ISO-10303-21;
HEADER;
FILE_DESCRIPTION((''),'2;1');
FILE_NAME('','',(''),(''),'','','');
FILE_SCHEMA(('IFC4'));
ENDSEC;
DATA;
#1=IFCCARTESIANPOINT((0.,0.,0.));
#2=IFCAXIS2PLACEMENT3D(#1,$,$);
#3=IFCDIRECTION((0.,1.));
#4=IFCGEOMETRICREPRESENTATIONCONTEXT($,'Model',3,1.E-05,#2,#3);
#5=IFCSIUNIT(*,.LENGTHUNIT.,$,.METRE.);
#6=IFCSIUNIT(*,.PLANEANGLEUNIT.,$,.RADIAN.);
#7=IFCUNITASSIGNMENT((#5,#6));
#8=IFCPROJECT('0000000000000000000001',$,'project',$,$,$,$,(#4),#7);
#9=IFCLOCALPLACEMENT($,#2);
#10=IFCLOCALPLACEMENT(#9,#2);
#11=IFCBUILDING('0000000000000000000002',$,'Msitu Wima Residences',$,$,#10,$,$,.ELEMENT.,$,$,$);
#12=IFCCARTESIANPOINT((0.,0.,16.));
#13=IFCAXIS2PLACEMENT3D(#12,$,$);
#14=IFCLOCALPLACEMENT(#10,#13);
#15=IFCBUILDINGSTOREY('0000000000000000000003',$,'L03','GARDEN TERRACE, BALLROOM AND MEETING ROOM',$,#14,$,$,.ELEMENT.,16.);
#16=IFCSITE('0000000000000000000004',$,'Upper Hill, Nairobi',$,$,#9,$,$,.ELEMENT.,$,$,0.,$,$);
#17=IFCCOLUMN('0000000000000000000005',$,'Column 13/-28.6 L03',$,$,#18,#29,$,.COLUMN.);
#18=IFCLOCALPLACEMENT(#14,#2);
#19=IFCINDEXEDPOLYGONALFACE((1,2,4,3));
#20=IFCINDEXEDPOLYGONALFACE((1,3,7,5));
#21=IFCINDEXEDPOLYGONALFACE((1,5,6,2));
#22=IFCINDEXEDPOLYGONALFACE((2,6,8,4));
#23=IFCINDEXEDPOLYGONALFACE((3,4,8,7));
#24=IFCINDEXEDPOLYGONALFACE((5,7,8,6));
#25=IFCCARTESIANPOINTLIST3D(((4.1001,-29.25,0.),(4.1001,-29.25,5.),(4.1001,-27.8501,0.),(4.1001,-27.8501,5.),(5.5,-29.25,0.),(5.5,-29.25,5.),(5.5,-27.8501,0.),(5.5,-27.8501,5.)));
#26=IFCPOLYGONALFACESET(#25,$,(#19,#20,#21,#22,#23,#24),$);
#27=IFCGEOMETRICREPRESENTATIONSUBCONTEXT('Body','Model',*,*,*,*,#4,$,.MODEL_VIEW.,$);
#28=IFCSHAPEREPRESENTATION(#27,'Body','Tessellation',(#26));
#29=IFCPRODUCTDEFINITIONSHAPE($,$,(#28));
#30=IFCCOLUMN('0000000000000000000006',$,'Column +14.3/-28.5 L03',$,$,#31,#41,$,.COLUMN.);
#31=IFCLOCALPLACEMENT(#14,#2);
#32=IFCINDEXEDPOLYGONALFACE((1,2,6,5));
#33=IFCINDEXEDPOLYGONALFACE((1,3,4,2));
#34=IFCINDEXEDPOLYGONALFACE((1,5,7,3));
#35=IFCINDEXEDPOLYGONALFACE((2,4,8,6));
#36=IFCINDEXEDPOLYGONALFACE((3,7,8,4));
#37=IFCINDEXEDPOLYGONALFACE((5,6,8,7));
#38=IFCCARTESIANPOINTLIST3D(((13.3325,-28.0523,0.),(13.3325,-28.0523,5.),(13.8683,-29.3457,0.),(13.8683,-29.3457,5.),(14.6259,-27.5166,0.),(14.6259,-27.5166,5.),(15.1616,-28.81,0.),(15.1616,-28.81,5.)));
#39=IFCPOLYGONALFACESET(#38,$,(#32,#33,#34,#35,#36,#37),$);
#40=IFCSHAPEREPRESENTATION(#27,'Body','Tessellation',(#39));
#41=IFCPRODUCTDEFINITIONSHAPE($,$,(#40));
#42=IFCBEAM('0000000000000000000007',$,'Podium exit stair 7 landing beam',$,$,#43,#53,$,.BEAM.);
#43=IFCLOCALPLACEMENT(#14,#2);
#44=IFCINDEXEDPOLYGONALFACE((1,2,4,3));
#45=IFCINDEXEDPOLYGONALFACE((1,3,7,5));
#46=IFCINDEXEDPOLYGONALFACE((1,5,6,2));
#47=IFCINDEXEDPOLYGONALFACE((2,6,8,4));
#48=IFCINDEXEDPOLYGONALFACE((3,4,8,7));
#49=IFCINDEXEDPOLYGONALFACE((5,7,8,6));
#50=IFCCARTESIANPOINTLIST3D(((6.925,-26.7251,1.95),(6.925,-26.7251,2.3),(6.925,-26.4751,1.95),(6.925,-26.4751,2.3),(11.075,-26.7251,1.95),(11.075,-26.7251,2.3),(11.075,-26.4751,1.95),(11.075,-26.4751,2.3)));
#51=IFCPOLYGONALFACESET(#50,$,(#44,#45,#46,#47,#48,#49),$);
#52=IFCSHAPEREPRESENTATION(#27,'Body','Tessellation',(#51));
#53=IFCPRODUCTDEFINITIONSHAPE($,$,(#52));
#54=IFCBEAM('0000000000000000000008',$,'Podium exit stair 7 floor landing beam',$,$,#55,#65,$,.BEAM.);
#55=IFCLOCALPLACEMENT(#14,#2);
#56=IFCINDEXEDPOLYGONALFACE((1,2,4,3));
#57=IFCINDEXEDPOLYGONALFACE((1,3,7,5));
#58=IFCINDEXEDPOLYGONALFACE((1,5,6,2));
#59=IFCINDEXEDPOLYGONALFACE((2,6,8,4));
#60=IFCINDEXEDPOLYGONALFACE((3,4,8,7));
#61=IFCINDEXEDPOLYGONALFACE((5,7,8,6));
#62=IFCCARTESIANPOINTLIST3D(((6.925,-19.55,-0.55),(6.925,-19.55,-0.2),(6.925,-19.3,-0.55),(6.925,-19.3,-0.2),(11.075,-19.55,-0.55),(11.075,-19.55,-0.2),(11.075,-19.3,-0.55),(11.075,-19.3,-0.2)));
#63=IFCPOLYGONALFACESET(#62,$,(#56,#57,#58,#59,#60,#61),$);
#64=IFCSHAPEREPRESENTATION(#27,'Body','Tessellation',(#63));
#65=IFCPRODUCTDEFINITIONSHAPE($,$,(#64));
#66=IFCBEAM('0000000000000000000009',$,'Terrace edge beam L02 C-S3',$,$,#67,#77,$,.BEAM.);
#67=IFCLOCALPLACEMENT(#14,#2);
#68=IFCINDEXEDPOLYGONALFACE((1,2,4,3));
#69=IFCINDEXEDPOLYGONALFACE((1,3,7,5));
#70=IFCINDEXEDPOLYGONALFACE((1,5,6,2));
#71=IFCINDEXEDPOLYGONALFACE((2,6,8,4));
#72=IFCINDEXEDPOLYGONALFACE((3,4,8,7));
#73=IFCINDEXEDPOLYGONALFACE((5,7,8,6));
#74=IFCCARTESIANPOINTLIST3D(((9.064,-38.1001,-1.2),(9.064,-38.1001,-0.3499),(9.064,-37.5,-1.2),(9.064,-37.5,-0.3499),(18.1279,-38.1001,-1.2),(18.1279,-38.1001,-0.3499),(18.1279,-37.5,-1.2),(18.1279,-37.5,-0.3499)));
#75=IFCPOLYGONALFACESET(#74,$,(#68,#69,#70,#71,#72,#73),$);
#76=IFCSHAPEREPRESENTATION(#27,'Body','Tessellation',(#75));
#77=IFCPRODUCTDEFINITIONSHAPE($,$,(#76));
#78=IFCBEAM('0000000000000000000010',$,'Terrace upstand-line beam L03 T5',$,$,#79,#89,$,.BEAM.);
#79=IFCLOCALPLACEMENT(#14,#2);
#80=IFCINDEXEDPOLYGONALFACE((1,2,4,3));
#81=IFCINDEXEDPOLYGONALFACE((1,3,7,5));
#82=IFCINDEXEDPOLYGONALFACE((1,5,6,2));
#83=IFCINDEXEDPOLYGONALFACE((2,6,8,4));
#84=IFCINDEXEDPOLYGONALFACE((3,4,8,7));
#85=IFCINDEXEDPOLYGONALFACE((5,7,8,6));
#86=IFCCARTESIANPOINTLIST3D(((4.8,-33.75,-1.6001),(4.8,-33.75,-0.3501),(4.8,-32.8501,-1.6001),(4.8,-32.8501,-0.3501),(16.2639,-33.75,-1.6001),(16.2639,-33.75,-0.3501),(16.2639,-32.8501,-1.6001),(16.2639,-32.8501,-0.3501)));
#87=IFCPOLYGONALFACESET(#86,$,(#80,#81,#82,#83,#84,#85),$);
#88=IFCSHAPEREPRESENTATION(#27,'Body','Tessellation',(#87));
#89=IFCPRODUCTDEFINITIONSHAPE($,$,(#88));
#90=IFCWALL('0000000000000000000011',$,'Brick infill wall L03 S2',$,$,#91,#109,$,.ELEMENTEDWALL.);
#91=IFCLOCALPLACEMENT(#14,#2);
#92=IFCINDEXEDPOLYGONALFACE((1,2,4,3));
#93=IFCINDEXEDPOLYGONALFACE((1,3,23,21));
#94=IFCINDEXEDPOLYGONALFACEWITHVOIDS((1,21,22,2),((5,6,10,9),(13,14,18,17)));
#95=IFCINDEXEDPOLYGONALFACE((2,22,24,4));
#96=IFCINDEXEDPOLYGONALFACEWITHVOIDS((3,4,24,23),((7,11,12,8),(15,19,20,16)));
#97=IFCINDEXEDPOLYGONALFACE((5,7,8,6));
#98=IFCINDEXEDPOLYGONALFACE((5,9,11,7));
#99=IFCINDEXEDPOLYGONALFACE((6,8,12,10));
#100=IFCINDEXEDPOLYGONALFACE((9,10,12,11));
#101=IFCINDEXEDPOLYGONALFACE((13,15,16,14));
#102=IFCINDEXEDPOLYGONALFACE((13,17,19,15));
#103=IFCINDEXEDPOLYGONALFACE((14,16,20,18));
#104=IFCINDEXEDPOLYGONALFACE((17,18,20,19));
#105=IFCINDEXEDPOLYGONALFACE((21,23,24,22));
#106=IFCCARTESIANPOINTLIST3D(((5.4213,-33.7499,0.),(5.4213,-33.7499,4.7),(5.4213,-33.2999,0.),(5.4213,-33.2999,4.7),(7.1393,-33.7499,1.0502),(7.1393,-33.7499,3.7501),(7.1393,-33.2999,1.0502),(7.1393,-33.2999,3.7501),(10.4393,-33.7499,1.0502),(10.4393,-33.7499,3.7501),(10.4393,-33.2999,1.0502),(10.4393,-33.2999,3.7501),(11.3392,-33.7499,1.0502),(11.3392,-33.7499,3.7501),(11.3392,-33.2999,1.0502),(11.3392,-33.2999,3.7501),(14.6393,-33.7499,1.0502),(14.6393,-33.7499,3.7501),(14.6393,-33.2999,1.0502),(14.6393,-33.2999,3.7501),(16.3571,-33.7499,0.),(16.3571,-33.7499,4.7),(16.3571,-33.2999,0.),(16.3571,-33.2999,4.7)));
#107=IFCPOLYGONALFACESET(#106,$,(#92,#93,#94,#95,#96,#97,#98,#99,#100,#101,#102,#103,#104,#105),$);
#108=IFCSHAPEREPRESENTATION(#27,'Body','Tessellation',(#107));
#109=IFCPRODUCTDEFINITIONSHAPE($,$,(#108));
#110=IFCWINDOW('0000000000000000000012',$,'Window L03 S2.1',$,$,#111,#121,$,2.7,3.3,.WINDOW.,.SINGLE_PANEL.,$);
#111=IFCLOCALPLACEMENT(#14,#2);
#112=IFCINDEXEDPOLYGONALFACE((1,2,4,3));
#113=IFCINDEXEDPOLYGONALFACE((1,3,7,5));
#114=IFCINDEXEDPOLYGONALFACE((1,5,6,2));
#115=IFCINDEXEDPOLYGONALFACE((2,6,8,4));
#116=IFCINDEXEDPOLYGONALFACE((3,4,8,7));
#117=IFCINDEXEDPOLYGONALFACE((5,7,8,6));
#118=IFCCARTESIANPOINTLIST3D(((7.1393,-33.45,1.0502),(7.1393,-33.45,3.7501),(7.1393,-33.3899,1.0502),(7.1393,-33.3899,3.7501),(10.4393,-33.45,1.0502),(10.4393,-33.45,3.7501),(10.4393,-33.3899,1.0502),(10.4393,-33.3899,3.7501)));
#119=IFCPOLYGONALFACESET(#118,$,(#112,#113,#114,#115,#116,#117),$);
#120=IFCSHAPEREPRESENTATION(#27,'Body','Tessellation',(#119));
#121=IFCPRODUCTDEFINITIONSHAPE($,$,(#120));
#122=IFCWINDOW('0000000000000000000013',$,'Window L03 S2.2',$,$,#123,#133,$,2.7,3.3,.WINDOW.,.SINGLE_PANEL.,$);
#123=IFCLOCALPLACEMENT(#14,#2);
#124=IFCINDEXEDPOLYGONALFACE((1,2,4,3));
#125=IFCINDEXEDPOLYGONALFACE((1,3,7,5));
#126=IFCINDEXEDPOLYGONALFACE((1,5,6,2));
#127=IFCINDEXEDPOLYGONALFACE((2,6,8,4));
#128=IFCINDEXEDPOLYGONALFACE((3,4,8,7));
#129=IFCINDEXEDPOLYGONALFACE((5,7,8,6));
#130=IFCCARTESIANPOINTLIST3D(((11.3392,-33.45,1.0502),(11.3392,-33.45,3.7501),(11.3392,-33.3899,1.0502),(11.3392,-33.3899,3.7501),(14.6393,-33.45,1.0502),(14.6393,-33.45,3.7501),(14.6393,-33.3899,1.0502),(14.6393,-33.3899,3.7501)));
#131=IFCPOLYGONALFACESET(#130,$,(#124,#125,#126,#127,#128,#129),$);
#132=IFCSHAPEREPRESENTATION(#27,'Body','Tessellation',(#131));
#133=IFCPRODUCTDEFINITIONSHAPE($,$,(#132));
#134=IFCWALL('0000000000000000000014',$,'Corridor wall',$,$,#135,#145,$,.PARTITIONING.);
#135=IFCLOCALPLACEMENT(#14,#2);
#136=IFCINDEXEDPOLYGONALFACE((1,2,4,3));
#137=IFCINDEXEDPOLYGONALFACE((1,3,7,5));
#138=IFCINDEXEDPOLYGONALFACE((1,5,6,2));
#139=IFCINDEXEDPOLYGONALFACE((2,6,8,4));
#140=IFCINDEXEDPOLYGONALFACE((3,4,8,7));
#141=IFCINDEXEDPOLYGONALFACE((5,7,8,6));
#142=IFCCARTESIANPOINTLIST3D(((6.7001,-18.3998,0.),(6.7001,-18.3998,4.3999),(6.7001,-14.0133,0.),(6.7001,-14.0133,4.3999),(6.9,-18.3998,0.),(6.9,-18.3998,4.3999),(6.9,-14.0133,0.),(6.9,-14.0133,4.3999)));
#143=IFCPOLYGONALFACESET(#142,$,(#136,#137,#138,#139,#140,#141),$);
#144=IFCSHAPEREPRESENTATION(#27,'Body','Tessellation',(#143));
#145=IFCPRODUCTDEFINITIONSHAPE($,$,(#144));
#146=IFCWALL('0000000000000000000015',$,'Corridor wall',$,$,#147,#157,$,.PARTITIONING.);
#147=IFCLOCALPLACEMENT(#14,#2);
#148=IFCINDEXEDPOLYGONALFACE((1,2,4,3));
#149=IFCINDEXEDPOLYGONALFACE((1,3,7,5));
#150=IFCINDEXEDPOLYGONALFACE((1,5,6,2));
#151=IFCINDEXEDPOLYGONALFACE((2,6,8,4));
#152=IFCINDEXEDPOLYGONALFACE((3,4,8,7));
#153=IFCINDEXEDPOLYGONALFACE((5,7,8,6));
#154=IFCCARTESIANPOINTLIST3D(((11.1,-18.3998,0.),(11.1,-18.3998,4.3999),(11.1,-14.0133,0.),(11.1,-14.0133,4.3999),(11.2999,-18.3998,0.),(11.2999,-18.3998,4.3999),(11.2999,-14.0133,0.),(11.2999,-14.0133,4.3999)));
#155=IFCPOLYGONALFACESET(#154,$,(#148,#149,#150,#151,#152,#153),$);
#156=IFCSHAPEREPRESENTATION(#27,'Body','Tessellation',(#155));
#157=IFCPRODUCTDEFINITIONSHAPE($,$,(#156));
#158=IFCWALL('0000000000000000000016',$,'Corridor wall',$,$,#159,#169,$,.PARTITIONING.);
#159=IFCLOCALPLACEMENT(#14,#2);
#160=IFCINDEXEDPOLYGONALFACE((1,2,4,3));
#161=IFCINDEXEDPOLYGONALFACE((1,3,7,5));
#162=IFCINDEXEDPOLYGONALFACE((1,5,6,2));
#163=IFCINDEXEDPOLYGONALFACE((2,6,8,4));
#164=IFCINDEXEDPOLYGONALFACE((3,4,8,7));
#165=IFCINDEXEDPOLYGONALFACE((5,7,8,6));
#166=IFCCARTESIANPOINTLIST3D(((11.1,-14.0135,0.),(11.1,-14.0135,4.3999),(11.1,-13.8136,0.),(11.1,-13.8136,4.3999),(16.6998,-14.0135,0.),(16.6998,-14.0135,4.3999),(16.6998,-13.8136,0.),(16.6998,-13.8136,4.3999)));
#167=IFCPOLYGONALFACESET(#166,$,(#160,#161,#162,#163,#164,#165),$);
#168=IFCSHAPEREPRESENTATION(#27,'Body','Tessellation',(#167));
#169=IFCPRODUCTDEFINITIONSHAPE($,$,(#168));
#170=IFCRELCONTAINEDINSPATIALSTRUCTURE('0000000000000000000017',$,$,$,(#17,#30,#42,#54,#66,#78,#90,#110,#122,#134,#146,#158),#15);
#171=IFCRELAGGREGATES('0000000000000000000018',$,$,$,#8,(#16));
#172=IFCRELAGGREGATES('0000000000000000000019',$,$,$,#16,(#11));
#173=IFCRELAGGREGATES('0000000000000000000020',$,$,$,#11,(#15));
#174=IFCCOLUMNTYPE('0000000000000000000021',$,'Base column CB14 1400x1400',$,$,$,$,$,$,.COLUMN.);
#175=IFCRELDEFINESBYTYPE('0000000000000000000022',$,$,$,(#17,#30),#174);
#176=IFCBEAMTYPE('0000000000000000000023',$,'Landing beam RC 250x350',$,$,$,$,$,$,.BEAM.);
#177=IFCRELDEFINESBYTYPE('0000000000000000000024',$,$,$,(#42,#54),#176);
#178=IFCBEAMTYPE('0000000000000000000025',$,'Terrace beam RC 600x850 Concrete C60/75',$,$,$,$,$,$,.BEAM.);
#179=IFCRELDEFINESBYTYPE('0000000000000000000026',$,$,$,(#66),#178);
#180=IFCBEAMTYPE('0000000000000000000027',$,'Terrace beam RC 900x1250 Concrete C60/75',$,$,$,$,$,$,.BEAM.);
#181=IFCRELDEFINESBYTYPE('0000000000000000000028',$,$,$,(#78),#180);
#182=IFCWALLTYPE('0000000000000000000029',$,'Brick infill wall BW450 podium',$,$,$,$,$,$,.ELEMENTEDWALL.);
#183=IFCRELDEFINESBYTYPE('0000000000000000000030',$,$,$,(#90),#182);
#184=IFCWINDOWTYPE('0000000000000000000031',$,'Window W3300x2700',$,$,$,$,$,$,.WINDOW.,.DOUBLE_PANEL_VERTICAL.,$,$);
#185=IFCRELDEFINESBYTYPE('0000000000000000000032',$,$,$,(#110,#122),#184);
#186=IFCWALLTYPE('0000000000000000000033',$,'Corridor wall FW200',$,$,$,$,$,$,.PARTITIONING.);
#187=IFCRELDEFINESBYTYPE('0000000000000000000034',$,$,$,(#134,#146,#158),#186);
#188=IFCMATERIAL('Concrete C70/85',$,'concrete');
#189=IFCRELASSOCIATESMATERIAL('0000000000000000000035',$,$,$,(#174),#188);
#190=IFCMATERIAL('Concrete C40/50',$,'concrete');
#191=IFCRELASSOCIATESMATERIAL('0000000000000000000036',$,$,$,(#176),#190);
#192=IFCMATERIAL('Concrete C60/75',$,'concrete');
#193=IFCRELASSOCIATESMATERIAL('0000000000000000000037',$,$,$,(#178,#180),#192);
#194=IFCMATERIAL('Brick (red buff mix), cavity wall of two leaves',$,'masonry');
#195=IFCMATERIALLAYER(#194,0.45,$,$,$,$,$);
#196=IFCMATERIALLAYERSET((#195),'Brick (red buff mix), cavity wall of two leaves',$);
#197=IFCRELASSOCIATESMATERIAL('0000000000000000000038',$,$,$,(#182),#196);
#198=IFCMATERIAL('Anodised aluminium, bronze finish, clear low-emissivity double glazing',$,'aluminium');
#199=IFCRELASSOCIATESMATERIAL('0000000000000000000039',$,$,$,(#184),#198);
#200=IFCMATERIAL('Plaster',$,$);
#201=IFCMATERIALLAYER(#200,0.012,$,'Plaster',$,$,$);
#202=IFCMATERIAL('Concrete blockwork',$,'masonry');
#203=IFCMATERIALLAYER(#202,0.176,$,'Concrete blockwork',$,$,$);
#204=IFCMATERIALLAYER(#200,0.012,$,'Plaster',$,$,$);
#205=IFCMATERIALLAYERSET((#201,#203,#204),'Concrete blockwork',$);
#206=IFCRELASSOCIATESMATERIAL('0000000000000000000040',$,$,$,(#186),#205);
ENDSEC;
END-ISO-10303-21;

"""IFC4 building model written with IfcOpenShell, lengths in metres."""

from ifc_helpers import new_model, si_unit, direction, frame, frame_2d, origin, origin_2d, place, context, subcontext, project, spatial, rectangle, extrude, material, layer, layer_set, material_profile, profile_set, type_object, element, fill, save


model = new_model("IFC4")

# Units and contexts
model_context = context("Model", 3, precision=1e-05, world=origin(), true_north=direction((0.0, 1.0)))
body_context = subcontext(model_context, "Body", "Model", "MODEL_VIEW")
ifc_project = project(units=[si_unit("LENGTHUNIT", "METRE"), si_unit("PLANEANGLEUNIT", "RADIAN")], contexts=[model_context])

# Site, building, storey
site_placement = place(None, origin())
site = spatial("IfcSite", under=ifc_project, at=site_placement, Name="Upper Hill, Nairobi", CompositionType="ELEMENT", RefElevation=0.0)
building_placement = place(site_placement, origin())
building = spatial("IfcBuilding", under=site, at=building_placement, Name="Msitu Wima Residences", CompositionType="ELEMENT")
storey_placement = place(building_placement, frame((0.0, 0.0, 16.0)))
storey = spatial("IfcBuildingStorey", under=building, at=storey_placement, Name="L03", Description="GARDEN TERRACE, BALLROOM AND MEETING ROOM", CompositionType="ELEMENT", Elevation=16.0)

# Columns
ifc_material_1 = material(Name="Concrete C70/85", Category="concrete")
ifc_material_profile_1 = material_profile(ifc_material_1, rectangle(XDim=1.3999, YDim=1.3999, at=origin_2d()), Name="RC 1400x1400")
ifc_profile_set_1 = profile_set([ifc_material_profile_1], Name="Concrete C70/85")
column_type = type_object("IfcColumnType", Name="Base column CB14 1400x1400", PredefinedType="COLUMN", material=ifc_profile_set_1)
for number, where, z_axis, x_axis, name in (
    (1, (4.8, -28.55, 0.0), (0.0, 0.0, 1.0), (1.0, 0.0, 0.0), "Column 13/-28.6 L03"),
    (2, (14.2471, -28.4312, 0.0), (0.0, 0.0, 1.0), (0.92388, 0.382683, 0.0), "Column +14.3/-28.5 L03"),
):
    element("IfcColumn", number, at=place(storey_placement, frame(where, z_axis=z_axis, x_axis=x_axis)), inside=storey, type_object=column_type, Name=name, PredefinedType="COLUMN", context=body_context, shape_type="SweptSolid", body=[
        extrude(rectangle(XDim=1.3999, YDim=1.3999, at=origin_2d()), origin(), (0.0, 0.0, 1.0), 5.0),
    ])

# Beams
ifc_material_2 = material(Name="Concrete C40/50", Category="concrete")
ifc_material_profile_2 = material_profile(ifc_material_2, rectangle(XDim=0.25, YDim=0.3501, at=origin_2d()), Name="RC 250x350")
ifc_profile_set_2 = profile_set([ifc_material_profile_2], Name="Concrete C40/50")
beam_type_1 = type_object("IfcBeamType", Name="Landing beam RC 250x350", PredefinedType="BEAM", material=ifc_profile_set_2)
for number, where, z_axis, x_axis, name in (
    (3, (6.925, -26.6001, 2.125), (1.0, 0.0, 0.0), (0.0, 1.0, 0.0), "Podium exit stair 7 landing beam"),
    (4, (6.925, -19.425, -0.375), (1.0, 0.0, 0.0), (0.0, 1.0, 0.0), "Podium exit stair 7 floor landing beam"),
):
    element("IfcBeam", number, at=place(storey_placement, frame(where, z_axis=z_axis, x_axis=x_axis)), inside=storey, type_object=beam_type_1, Name=name, PredefinedType="BEAM", context=body_context, shape_type="SweptSolid", body=[
        extrude(rectangle(XDim=0.25, YDim=0.3501, at=origin_2d()), origin(), (0.0, 0.0, 1.0), 4.1499),
    ])
ifc_material_3 = material(Name="Concrete C60/75", Category="concrete")
ifc_material_profile_3 = material_profile(ifc_material_3, rectangle(XDim=0.6001, YDim=0.8501, at=origin_2d()), Name="RC 600x850")
ifc_profile_set_3 = profile_set([ifc_material_profile_3], Name="Concrete C60/75")
beam_type_2 = type_object("IfcBeamType", Name="Terrace beam RC 600x850 Concrete C60/75", PredefinedType="BEAM", material=ifc_profile_set_3)
beam_1_placement = place(storey_placement, frame((9.064, -37.8, -0.7749), z_axis=(1.0, 0.0, 0.0), x_axis=(0.0, 1.0, 0.0)))
element("IfcBeam", 5, at=beam_1_placement, inside=storey, type_object=beam_type_2, Name="Terrace edge beam L02 C-S3", PredefinedType="BEAM", context=body_context, shape_type="SweptSolid", body=[
    extrude(rectangle(XDim=0.6001, YDim=0.8501, at=origin_2d()), origin(), (0.0, 0.0, 1.0), 9.064),
])
ifc_material_profile_4 = material_profile(ifc_material_3, rectangle(XDim=0.8999, YDim=1.25, at=origin_2d()), Name="RC 900x1250")
ifc_profile_set_4 = profile_set([ifc_material_profile_4], Name="Concrete C60/75")
beam_type_3 = type_object("IfcBeamType", Name="Terrace beam RC 900x1250 Concrete C60/75", PredefinedType="BEAM", material=ifc_profile_set_4)
beam_2_placement = place(storey_placement, frame((4.8, -33.3, -0.9751), z_axis=(1.0, 0.0, 0.0), x_axis=(0.0, 1.0, 0.0)))
element("IfcBeam", 6, at=beam_2_placement, inside=storey, type_object=beam_type_3, Name="Terrace upstand-line beam L03 T5", PredefinedType="BEAM", context=body_context, shape_type="SweptSolid", body=[
    extrude(rectangle(XDim=0.8999, YDim=1.25, at=origin_2d()), origin(), (0.0, 0.0, 1.0), 11.4639),
])

# Wall, openings, windows
ifc_material_4 = material(Name="Brick (red buff mix), cavity wall of two leaves", Category="masonry")
ifc_layer_1 = layer(ifc_material_4, 0.45)
ifc_layer_set_1 = layer_set([ifc_layer_1], Name="Brick (red buff mix), cavity wall of two leaves")
wall_type_1 = type_object("IfcWallType", Name="Brick infill wall BW450 podium", PredefinedType="ELEMENTEDWALL", material=ifc_layer_set_1)
wall_1_placement = place(storey_placement, frame((5.4214, -33.5249, 0.0), z_axis=(0.0, 0.0, 1.0), x_axis=(1.0, 0.0, 0.0)))
wall_1 = element("IfcWall", 7, at=wall_1_placement, inside=storey, type_object=wall_type_1, Name="Brick infill wall L03 S2", PredefinedType="ELEMENTEDWALL", context=body_context, shape_type="SweptSolid", body=[
    extrude(rectangle(XDim=10.9358, YDim=0.45, at=frame_2d((5.4678, 0.0))), origin(), (0.0, 0.0, 1.0), 4.7),
])
opening_1_placement = place(wall_1_placement, frame((1.718, 0.0, 1.05)))
opening_1 = element("IfcOpeningElement", 8, at=opening_1_placement, cuts=wall_1, PredefinedType="OPENING", context=body_context, shape_type="SweptSolid", body=[
    extrude(rectangle(XDim=3.3, YDim=2.7, at=frame_2d((1.6499, 1.3501))), frame((0.0, 0.2349, 0.0), z_axis=(0.0, -1.0, 0.0), x_axis=(1.0, 0.0, 0.0)), (0.0, 0.0, 1.0), 0.47),
])
opening_2_placement = place(wall_1_placement, frame((5.918, 0.0, 1.05)))
opening_2 = element("IfcOpeningElement", 9, at=opening_2_placement, cuts=wall_1, PredefinedType="OPENING", context=body_context, shape_type="SweptSolid", body=[
    extrude(rectangle(XDim=3.3, YDim=2.7, at=frame_2d((1.6499, 1.3501))), frame((0.0, 0.2349, 0.0), z_axis=(0.0, -1.0, 0.0), x_axis=(1.0, 0.0, 0.0)), (0.0, 0.0, 1.0), 0.47),
])
ifc_material_5 = material(Name="Anodised aluminium, bronze finish, clear low-emissivity double glazing", Category="aluminium")
window_type = type_object("IfcWindowType", Name="Window W3300x2700", PartitioningType="DOUBLE_PANEL_VERTICAL", PredefinedType="WINDOW", material=ifc_material_5)
window_1_placement = place(opening_1_placement, origin())
window_1 = element("IfcWindow", 10, at=window_1_placement, inside=storey, type_object=window_type, Name="Window L03 S2.1", OverallHeight=2.7, OverallWidth=3.3, PartitioningType="SINGLE_PANEL", PredefinedType="WINDOW", context=body_context, shape_type="SweptSolid", body=[
    extrude(rectangle(XDim=3.3, YDim=2.7, at=frame_2d((1.6499, 1.3501))), frame((0.0, 0.135, 0.0), z_axis=(0.0, -1.0, 0.0), x_axis=(1.0, 0.0, 0.0)), (0.0, 0.0, 1.0), 0.0601),
])
fill(opening_1, window_1)
window_2_placement = place(opening_2_placement, origin())
window_2 = element("IfcWindow", 11, at=window_2_placement, inside=storey, type_object=window_type, Name="Window L03 S2.2", OverallHeight=2.7, OverallWidth=3.3, PartitioningType="SINGLE_PANEL", PredefinedType="WINDOW", context=body_context, shape_type="SweptSolid", body=[
    extrude(rectangle(XDim=3.3, YDim=2.7, at=frame_2d((1.6499, 1.3501))), frame((0.0, 0.135, 0.0), z_axis=(0.0, -1.0, 0.0), x_axis=(1.0, 0.0, 0.0)), (0.0, 0.0, 1.0), 0.0601),
])
fill(opening_2, window_2)

# Walls
ifc_material_6 = material(Name="Plaster")
ifc_layer_2 = layer(ifc_material_6, 0.012, Name="Plaster")
ifc_material_7 = material(Name="Concrete blockwork", Category="masonry")
ifc_layer_3 = layer(ifc_material_7, 0.176, Name="Concrete blockwork")
ifc_layer_4 = layer(ifc_material_6, 0.012, Name="Plaster")
ifc_layer_set_2 = layer_set([ifc_layer_2, ifc_layer_3, ifc_layer_4], Name="Concrete blockwork")
wall_type_2 = type_object("IfcWallType", Name="Corridor wall FW200", PredefinedType="PARTITIONING", material=ifc_layer_set_2)
for number, where, z_axis, x_axis, name in (
    (12, (6.8, -18.3999, 0.0), (0.0, 0.0, 1.0), (0.0, 1.0, 0.0), "Corridor wall"),
    (13, (11.2, -18.3999, 0.0), (0.0, 0.0, 1.0), (0.0, 1.0, 0.0), "Corridor wall"),
):
    element("IfcWall", number, at=place(storey_placement, frame(where, z_axis=z_axis, x_axis=x_axis)), inside=storey, type_object=wall_type_2, Name=name, PredefinedType="PARTITIONING", context=body_context, shape_type="SweptSolid", body=[
        extrude(rectangle(XDim=4.3865, YDim=0.2, at=frame_2d((2.1934, 0.0))), origin(), (0.0, 0.0, 1.0), 4.3999),
    ])
wall_2_placement = place(storey_placement, frame((11.1001, -13.9136, 0.0), z_axis=(0.0, 0.0, 1.0), x_axis=(1.0, 0.0, 0.0)))
element("IfcWall", 14, at=wall_2_placement, inside=storey, type_object=wall_type_2, Name="Corridor wall", PredefinedType="PARTITIONING", context=body_context, shape_type="SweptSolid", body=[
    extrude(rectangle(XDim=5.5999, YDim=0.2, at=frame_2d((2.7998, 0.0))), origin(), (0.0, 0.0, 1.0), 4.3999),
])

save(model, "model.ifc")
